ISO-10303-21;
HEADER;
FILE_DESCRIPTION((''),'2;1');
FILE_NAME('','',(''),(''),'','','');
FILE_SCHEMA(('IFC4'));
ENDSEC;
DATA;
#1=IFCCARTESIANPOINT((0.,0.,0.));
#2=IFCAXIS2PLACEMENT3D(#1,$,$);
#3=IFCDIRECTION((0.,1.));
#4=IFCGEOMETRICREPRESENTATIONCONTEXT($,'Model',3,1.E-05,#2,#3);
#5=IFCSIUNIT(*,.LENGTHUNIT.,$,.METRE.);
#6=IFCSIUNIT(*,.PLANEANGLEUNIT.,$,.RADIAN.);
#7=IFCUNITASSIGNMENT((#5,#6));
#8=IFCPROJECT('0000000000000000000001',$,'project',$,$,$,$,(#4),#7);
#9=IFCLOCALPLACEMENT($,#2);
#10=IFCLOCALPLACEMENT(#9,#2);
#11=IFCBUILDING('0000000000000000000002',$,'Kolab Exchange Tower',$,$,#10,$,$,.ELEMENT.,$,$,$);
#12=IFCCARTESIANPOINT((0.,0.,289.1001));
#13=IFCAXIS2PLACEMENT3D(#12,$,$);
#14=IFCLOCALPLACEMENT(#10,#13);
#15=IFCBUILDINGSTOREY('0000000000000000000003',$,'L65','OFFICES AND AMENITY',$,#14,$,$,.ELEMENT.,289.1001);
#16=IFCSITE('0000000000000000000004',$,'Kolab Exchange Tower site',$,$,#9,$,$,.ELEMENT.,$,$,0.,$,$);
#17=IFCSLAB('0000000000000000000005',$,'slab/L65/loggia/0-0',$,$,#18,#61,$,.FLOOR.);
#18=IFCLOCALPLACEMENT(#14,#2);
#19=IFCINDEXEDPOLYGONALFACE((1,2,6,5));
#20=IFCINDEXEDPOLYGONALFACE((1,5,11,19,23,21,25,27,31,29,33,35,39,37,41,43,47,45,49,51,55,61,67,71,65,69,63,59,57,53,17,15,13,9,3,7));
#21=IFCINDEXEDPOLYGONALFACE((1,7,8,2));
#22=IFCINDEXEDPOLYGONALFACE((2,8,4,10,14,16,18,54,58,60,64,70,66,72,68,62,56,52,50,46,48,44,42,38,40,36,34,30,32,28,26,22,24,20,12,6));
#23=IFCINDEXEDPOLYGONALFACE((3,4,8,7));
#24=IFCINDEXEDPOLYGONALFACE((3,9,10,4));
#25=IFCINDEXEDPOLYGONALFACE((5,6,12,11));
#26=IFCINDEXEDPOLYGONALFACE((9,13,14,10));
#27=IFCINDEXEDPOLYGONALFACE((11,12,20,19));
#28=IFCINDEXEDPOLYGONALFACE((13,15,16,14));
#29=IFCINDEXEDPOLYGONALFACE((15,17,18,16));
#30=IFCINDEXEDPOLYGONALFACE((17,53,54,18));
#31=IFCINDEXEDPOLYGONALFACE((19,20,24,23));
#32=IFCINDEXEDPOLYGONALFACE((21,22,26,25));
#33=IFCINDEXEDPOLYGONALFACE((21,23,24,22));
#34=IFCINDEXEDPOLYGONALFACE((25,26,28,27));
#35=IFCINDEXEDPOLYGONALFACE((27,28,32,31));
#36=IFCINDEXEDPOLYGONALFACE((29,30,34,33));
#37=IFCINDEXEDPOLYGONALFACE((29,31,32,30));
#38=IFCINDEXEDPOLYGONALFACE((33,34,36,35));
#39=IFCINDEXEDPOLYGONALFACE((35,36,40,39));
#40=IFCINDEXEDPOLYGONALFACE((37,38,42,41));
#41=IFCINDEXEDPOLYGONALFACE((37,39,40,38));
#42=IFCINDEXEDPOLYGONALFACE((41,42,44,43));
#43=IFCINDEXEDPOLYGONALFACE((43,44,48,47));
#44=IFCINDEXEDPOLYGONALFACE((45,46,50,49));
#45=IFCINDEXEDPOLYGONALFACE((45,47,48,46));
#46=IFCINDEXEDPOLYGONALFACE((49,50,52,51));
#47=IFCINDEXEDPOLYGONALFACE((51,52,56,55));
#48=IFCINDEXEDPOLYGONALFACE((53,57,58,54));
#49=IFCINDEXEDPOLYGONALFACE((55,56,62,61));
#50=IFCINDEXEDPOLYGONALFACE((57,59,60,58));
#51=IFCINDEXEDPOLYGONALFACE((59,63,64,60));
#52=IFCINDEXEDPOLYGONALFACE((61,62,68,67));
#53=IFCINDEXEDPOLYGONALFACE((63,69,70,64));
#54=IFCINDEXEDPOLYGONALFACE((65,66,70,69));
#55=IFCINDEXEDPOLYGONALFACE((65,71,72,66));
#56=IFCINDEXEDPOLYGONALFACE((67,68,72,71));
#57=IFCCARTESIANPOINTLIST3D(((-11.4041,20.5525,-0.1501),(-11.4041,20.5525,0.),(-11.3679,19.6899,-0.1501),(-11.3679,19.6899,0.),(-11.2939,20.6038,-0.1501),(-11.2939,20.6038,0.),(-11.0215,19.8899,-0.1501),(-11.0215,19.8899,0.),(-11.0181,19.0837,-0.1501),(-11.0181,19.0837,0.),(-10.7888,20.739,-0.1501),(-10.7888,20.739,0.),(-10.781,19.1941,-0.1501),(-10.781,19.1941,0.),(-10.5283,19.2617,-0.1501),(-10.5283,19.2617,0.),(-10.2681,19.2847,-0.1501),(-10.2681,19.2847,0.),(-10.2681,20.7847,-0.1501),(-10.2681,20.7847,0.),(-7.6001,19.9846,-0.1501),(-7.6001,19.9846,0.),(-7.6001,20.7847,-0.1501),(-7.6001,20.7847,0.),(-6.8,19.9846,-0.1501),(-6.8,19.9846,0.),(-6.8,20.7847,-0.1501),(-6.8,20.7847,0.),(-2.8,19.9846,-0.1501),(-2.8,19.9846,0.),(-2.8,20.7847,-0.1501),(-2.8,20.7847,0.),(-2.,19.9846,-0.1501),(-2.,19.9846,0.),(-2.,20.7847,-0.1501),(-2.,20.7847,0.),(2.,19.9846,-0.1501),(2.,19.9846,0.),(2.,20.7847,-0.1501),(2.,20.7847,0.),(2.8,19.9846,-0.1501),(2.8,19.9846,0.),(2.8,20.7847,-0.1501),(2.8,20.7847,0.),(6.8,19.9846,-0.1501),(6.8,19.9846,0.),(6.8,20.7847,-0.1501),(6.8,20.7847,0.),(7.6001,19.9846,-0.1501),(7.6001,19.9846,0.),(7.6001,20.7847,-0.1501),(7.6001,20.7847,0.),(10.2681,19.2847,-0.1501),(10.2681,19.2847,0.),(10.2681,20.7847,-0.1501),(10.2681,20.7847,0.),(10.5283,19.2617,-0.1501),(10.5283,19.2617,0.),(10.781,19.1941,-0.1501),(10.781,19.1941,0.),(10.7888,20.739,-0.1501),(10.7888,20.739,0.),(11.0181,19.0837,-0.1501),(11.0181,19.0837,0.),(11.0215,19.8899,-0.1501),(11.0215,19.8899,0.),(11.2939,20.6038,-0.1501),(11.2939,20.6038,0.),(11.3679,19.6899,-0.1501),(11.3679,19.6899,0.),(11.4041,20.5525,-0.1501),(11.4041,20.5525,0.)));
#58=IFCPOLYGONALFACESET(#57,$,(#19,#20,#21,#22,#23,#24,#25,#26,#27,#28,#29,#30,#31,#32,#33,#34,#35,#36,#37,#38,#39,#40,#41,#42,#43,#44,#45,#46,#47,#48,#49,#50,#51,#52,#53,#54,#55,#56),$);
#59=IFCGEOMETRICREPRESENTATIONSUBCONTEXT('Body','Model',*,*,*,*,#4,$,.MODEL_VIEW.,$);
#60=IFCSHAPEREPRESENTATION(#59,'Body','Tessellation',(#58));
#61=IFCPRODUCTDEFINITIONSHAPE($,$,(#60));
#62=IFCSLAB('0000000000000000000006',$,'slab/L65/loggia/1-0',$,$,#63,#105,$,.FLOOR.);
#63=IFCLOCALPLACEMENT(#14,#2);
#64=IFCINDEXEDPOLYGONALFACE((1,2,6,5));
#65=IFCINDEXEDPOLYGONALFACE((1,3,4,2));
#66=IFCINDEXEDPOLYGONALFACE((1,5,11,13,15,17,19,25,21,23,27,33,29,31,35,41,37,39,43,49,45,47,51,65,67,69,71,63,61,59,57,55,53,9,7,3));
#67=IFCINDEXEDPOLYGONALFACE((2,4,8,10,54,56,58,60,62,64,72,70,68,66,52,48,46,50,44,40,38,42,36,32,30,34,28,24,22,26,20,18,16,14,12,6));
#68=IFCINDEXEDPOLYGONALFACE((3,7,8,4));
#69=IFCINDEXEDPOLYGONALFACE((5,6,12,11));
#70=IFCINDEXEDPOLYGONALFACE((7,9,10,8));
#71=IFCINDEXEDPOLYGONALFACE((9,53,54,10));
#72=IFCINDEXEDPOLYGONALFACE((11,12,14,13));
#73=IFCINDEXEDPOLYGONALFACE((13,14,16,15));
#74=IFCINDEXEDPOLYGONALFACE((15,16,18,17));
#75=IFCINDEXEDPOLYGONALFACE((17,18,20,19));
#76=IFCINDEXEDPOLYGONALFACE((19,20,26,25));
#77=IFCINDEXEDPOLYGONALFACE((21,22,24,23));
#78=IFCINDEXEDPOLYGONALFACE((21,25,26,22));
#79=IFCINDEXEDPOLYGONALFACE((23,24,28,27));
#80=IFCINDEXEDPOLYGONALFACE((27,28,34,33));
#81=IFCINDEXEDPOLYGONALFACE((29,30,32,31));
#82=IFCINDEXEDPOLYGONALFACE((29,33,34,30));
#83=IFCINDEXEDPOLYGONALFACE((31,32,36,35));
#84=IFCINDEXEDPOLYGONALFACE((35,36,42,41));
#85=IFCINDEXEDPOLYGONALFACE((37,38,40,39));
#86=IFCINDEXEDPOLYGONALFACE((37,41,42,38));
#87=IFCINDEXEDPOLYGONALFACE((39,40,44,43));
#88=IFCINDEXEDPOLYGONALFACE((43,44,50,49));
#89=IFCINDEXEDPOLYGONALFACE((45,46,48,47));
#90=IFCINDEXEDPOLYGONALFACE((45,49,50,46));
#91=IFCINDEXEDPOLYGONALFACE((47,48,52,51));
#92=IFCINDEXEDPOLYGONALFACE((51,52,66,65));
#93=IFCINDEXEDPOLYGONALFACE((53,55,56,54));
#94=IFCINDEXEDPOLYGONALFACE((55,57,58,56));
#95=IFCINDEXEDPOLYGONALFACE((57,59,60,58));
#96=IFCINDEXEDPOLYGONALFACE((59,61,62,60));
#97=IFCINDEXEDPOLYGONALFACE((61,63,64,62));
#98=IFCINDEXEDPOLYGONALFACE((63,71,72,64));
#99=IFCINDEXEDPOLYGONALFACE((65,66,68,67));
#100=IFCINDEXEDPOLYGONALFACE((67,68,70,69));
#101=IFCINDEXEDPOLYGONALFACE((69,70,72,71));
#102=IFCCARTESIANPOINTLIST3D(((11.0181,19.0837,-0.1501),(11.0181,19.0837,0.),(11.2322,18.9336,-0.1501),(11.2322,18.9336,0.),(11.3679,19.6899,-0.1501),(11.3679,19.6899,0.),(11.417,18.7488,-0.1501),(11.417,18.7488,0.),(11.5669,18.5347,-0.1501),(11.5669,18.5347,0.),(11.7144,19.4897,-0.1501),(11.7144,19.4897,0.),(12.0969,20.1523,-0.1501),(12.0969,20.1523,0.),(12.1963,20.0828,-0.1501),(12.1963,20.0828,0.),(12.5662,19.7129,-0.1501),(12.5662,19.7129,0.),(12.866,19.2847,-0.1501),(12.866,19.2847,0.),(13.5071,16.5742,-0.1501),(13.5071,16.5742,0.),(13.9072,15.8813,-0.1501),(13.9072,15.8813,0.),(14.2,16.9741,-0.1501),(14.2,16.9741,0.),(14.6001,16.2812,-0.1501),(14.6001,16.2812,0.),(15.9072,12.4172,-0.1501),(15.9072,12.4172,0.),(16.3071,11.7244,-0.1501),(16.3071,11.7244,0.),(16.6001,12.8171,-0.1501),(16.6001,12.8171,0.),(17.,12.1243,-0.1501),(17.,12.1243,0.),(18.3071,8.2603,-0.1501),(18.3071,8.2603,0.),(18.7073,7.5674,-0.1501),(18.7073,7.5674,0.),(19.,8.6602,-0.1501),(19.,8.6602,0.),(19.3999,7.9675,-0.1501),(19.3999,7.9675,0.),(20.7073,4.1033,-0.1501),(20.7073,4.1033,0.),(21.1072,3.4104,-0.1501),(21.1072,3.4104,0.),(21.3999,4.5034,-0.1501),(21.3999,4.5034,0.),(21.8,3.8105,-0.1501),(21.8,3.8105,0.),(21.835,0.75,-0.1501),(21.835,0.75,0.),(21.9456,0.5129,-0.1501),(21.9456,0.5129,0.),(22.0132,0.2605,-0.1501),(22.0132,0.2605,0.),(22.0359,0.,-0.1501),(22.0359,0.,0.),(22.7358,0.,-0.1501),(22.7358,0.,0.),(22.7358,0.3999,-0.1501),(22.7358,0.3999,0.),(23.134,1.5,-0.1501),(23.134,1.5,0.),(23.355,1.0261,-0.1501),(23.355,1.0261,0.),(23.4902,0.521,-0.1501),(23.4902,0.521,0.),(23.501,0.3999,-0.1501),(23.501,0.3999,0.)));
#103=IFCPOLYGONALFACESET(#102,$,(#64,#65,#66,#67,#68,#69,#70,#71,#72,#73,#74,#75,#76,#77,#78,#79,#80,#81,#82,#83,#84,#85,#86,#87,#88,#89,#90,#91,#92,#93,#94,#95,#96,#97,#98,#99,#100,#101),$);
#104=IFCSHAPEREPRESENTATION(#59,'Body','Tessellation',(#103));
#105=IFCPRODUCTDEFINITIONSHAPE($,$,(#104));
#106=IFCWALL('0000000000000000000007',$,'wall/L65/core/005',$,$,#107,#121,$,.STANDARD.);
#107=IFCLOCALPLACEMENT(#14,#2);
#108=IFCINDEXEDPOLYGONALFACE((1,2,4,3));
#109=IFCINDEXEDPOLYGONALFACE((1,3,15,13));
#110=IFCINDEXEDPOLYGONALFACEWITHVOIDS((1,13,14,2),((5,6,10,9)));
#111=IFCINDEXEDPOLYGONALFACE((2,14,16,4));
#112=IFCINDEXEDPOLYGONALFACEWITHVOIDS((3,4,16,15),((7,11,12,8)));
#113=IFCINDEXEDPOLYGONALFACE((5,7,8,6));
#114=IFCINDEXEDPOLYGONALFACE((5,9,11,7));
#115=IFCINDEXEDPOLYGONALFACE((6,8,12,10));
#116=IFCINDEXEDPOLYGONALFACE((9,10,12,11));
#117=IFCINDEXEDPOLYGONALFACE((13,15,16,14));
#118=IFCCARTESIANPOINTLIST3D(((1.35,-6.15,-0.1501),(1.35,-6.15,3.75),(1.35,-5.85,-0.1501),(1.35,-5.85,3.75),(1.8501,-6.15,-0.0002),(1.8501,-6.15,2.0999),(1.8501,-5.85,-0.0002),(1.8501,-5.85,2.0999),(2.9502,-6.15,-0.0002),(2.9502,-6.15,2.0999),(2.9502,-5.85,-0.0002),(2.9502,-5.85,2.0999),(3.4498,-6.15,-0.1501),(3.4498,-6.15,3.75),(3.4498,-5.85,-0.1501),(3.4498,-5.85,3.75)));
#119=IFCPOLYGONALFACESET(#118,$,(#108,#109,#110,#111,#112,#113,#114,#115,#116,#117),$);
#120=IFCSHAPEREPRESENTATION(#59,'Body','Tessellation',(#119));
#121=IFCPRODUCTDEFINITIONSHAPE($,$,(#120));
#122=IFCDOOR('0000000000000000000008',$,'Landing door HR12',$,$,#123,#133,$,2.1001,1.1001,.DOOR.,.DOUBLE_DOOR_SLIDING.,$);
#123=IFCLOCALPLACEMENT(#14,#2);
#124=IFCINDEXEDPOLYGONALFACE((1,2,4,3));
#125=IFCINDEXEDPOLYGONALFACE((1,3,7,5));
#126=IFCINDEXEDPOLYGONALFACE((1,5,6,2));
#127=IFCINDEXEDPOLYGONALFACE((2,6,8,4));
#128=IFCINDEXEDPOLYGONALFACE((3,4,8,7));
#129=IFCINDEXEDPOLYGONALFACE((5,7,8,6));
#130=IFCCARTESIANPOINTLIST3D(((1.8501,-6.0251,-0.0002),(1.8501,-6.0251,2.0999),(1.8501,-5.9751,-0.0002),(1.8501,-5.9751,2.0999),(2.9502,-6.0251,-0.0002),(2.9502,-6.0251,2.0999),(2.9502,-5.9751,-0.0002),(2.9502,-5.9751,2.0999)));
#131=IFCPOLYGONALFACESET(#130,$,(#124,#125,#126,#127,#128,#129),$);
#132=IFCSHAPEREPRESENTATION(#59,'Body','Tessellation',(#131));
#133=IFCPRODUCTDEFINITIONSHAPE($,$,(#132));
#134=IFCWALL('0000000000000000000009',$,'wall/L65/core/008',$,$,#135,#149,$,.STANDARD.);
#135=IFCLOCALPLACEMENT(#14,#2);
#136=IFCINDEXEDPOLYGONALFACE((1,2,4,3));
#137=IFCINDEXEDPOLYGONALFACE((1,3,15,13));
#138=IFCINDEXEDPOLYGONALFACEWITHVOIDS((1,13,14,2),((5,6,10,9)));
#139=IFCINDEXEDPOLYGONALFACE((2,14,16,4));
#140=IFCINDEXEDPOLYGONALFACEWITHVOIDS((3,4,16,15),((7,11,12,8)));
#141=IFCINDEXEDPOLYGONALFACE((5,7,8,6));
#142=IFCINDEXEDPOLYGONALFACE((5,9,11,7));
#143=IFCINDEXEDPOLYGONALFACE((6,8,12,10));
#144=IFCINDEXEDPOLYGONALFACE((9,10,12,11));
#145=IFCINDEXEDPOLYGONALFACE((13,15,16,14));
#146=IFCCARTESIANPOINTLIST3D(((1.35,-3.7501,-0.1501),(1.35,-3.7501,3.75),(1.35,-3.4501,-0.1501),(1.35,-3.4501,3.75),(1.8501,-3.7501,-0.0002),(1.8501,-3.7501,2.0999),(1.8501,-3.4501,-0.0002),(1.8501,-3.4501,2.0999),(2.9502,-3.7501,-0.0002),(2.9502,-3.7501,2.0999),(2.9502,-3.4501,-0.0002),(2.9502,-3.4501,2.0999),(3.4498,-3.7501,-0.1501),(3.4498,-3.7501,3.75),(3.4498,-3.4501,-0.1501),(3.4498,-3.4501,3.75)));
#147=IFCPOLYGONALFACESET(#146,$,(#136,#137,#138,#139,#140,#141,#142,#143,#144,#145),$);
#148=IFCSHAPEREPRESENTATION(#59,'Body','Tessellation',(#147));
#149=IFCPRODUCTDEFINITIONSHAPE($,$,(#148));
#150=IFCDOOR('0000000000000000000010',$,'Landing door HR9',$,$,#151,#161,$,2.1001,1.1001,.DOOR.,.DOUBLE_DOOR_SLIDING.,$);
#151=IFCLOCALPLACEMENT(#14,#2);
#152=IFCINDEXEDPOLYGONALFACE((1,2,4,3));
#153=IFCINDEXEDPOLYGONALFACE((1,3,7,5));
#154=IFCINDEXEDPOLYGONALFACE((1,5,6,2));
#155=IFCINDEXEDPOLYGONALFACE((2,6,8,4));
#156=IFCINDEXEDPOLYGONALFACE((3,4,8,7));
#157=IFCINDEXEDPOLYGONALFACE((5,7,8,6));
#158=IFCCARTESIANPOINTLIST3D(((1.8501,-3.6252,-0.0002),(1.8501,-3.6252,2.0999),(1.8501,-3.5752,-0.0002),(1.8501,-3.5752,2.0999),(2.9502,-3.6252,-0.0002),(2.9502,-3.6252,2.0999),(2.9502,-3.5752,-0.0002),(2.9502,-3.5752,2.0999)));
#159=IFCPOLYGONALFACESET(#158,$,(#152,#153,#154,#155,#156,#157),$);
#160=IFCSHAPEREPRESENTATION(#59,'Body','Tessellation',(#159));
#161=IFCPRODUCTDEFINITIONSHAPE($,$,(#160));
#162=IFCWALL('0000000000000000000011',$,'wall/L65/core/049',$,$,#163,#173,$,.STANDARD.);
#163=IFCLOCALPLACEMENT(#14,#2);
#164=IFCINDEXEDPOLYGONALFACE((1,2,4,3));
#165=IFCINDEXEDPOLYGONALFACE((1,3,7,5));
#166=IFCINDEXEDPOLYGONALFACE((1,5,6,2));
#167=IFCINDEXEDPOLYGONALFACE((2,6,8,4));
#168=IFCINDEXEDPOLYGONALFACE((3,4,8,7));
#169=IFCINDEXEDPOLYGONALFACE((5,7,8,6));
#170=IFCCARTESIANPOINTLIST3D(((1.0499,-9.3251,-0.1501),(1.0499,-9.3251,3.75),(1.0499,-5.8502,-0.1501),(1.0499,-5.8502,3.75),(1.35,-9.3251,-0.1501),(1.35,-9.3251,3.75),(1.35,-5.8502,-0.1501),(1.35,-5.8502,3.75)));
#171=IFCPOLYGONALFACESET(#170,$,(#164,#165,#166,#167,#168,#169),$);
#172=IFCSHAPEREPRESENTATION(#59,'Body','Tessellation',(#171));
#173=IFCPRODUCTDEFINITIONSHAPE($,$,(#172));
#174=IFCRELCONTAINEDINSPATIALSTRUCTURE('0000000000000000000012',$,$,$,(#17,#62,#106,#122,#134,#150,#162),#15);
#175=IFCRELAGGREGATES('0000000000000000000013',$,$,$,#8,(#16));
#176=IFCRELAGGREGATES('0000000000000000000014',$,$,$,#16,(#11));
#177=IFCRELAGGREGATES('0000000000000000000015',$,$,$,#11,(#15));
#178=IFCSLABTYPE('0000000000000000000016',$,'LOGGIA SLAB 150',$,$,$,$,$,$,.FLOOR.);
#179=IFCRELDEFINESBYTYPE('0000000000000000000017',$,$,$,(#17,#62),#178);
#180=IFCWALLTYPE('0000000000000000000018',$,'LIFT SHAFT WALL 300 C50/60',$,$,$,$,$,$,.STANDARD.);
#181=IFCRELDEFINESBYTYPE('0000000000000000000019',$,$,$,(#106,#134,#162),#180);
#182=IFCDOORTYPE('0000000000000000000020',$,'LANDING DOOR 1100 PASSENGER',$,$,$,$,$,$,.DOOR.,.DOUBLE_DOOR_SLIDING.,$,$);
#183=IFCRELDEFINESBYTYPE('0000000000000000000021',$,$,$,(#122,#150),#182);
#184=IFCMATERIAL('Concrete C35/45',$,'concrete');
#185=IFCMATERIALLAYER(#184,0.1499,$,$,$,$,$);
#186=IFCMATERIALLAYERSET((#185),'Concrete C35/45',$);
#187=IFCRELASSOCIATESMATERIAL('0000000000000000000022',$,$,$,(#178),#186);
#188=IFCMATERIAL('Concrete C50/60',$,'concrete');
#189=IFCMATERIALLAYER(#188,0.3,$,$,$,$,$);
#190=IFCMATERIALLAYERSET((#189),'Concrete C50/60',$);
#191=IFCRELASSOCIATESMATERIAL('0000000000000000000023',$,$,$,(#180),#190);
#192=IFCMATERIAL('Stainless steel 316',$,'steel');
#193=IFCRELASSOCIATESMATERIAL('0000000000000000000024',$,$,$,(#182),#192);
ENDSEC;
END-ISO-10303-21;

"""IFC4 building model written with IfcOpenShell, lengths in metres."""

from ifc_helpers import new_model, si_unit, direction, frame, frame_2d, origin, place, context, subcontext, project, spatial, polyline, rectangle, outline, extrude, material, layer, layer_set, type_object, element, fill, save


model = new_model("IFC4")

# Units and contexts
model_context = context("Model", 3, precision=1e-05, world=origin(), true_north=direction((0.0, 1.0)))
body_context = subcontext(model_context, "Body", "Model", "MODEL_VIEW")
ifc_project = project(units=[si_unit("LENGTHUNIT", "METRE"), si_unit("PLANEANGLEUNIT", "RADIAN")], contexts=[model_context])

# Site, building, storey
site_placement = place(None, origin())
site = spatial("IfcSite", under=ifc_project, at=site_placement, Name="Kolab Exchange Tower site", CompositionType="ELEMENT", RefElevation=0.0)
building_placement = place(site_placement, origin())
building = spatial("IfcBuilding", under=site, at=building_placement, Name="Kolab Exchange Tower", CompositionType="ELEMENT")
storey_placement = place(building_placement, frame((0.0, 0.0, 289.1001)))
storey = spatial("IfcBuildingStorey", under=building, at=storey_placement, Name="L65", Description="OFFICES AND AMENITY", CompositionType="ELEMENT", Elevation=289.1001)

# Slabs
ifc_material_1 = material(Name="Concrete C35/45", Category="concrete")
ifc_layer_1 = layer(ifc_material_1, 0.1499)
ifc_layer_set_1 = layer_set([ifc_layer_1], Name="Concrete C35/45")
slab_type_1 = type_object("IfcSlabType", Name="LOGGIA SLAB 150", PredefinedType="FLOOR", material=ifc_layer_set_1)
slab_1_placement = place(storey_placement, frame((0.0, 0.0, -0.1501)))
element("IfcSlab", 1, at=slab_1_placement, inside=storey, type_object=slab_type_1, Name="slab/L65/loggia/0-0", PredefinedType="FLOOR", context=body_context, shape_type="SweptSolid", body=[
    extrude(outline(polyline([(11.0181, 19.0837), (11.3679, 19.6899), (11.0215, 19.8899), (11.4041, 20.5525), (11.2939, 20.6038), (10.7888, 20.739), (10.2681, 20.7847), (7.6001, 20.7847), (7.6001, 19.9846), (6.8, 19.9846), (6.8, 20.7847), (2.8, 20.7847), (2.8, 19.9846), (2.0, 19.9846), (2.0, 20.7847), (-2.0, 20.7847), (-2.0, 19.9846), (-2.8, 19.9846), (-2.8, 20.7847), (-6.8, 20.7847), (-6.8, 19.9846), (-7.6001, 19.9846), (-7.6001, 20.7847), (-10.2681, 20.7847), (-10.7888, 20.739), (-11.2939, 20.6038), (-11.4041, 20.5525), (-11.0215, 19.8899), (-11.3679, 19.6899), (-11.0181, 19.0837), (-10.781, 19.1941), (-10.5283, 19.2617), (-10.2681, 19.2847), (10.2681, 19.2847), (10.5283, 19.2617), (10.781, 19.1941), (11.0181, 19.0837)])), origin(), (0.0, 0.0, 1.0), 0.1501),
])
slab_2_placement = place(storey_placement, frame((0.0, 0.0, -0.1501)))
element("IfcSlab", 2, at=slab_2_placement, inside=storey, type_object=slab_type_1, Name="slab/L65/loggia/1-0", PredefinedType="FLOOR", context=body_context, shape_type="SweptSolid", body=[
    extrude(outline(polyline([(22.0359, 0.0), (22.7358, 0.0), (22.7358, 0.3999), (23.501, 0.3999), (23.4902, 0.521), (23.355, 1.0261), (23.134, 1.5), (21.8, 3.8105), (21.1072, 3.4104), (20.7073, 4.1033), (21.3999, 4.5034), (19.3999, 7.9675), (18.7073, 7.5674), (18.3071, 8.2603), (19.0, 8.6602), (17.0, 12.1243), (16.3071, 11.7244), (15.9072, 12.4172), (16.6001, 12.8171), (14.6001, 16.2812), (13.9072, 15.8813), (13.5071, 16.5742), (14.2, 16.9741), (12.866, 19.2847), (12.5662, 19.7129), (12.1963, 20.0828), (12.0969, 20.1523), (11.7144, 19.4897), (11.3679, 19.6899), (11.0181, 19.0837), (11.2322, 18.9336), (11.417, 18.7488), (11.5669, 18.5347), (21.835, 0.75), (21.9456, 0.5129), (22.0132, 0.2605), (22.0359, 0.0)])), origin(), (0.0, 0.0, 1.0), 0.1501),
])

# Walls, openings, doors
ifc_material_2 = material(Name="Concrete C50/60", Category="concrete")
ifc_layer_2 = layer(ifc_material_2, 0.3)
ifc_layer_set_2 = layer_set([ifc_layer_2], Name="Concrete C50/60")
wall_type_1 = type_object("IfcWallType", Name="LIFT SHAFT WALL 300 C50/60", PredefinedType="STANDARD", material=ifc_layer_set_2)
wall_1_placement = place(storey_placement, frame((1.3501, -6.0, -0.1501), z_axis=(0.0, 0.0, 1.0), x_axis=(1.0, 0.0, 0.0)))
wall_1 = element("IfcWall", 3, at=wall_1_placement, inside=storey, type_object=wall_type_1, Name="wall/L65/core/005", PredefinedType="STANDARD", context=body_context, shape_type="SweptSolid", body=[
    extrude(rectangle(XDim=2.0999, YDim=0.3, at=frame_2d((1.0498, 0.0))), origin(), (0.0, 0.0, 1.0), 3.9001),
])
opening_1_placement = place(wall_1_placement, frame((0.5, 0.0, 0.1499)))
opening_1 = element("IfcOpeningElement", 4, at=opening_1_placement, cuts=wall_1, PredefinedType="OPENING", context=body_context, shape_type="SweptSolid", body=[
    extrude(rectangle(XDim=1.1001, YDim=2.1001, at=frame_2d((0.55, 1.05))), frame((0.0, 0.1602, 0.0), z_axis=(0.0, -1.0, 0.0), x_axis=(1.0, 0.0, 0.0)), (0.0, 0.0, 1.0), 0.3201),
])
ifc_material_3 = material(Name="Stainless steel 316", Category="steel")
door_type_1 = type_object("IfcDoorType", Name="LANDING DOOR 1100 PASSENGER", OperationType="DOUBLE_DOOR_SLIDING", PredefinedType="DOOR", material=ifc_material_3)
door_1_placement = place(opening_1_placement, origin())
door_1 = element("IfcDoor", 5, at=door_1_placement, inside=storey, type_object=door_type_1, Name="Landing door HR12", OperationType="DOUBLE_DOOR_SLIDING", OverallHeight=2.1001, OverallWidth=1.1001, PredefinedType="DOOR", context=body_context, shape_type="SweptSolid", body=[
    extrude(rectangle(XDim=1.1001, YDim=2.1001, at=frame_2d((0.55, 1.05))), frame((0.0, 0.0249, 0.0), z_axis=(0.0, -1.0, 0.0), x_axis=(1.0, 0.0, 0.0)), (0.0, 0.0, 1.0), 0.05),
])
fill(opening_1, door_1)
wall_2_placement = place(storey_placement, frame((1.3501, -3.6001, -0.1501), z_axis=(0.0, 0.0, 1.0), x_axis=(1.0, 0.0, 0.0)))
wall_2 = element("IfcWall", 6, at=wall_2_placement, inside=storey, type_object=wall_type_1, Name="wall/L65/core/008", PredefinedType="STANDARD", context=body_context, shape_type="SweptSolid", body=[
    extrude(rectangle(XDim=2.0999, YDim=0.3, at=frame_2d((1.0498, 0.0))), origin(), (0.0, 0.0, 1.0), 3.9001),
])
opening_2_placement = place(wall_2_placement, frame((0.5, 0.0, 0.1499)))
opening_2 = element("IfcOpeningElement", 7, at=opening_2_placement, cuts=wall_2, PredefinedType="OPENING", context=body_context, shape_type="SweptSolid", body=[
    extrude(rectangle(XDim=1.1001, YDim=2.1001, at=frame_2d((0.55, 1.05))), frame((0.0, 0.1602, 0.0), z_axis=(0.0, -1.0, 0.0), x_axis=(1.0, 0.0, 0.0)), (0.0, 0.0, 1.0), 0.3201),
])
door_2_placement = place(opening_2_placement, origin())
door_2 = element("IfcDoor", 8, at=door_2_placement, inside=storey, type_object=door_type_1, Name="Landing door HR9", OperationType="DOUBLE_DOOR_SLIDING", OverallHeight=2.1001, OverallWidth=1.1001, PredefinedType="DOOR", context=body_context, shape_type="SweptSolid", body=[
    extrude(rectangle(XDim=1.1001, YDim=2.1001, at=frame_2d((0.55, 1.05))), frame((0.0, 0.0249, 0.0), z_axis=(0.0, -1.0, 0.0), x_axis=(1.0, 0.0, 0.0)), (0.0, 0.0, 1.0), 0.05),
])
fill(opening_2, door_2)

# Wall
wall_3_placement = place(storey_placement, frame((1.2, -9.325, -0.1501), z_axis=(0.0, 0.0, 1.0), x_axis=(0.0, 1.0, 0.0)))
element("IfcWall", 9, at=wall_3_placement, inside=storey, type_object=wall_type_1, Name="wall/L65/core/049", PredefinedType="STANDARD", context=body_context, shape_type="SweptSolid", body=[
    extrude(rectangle(XDim=3.4749, YDim=0.3, at=frame_2d((1.7373, 0.0))), origin(), (0.0, 0.0, 1.0), 3.9001),
])

save(model, "model.ifc")
